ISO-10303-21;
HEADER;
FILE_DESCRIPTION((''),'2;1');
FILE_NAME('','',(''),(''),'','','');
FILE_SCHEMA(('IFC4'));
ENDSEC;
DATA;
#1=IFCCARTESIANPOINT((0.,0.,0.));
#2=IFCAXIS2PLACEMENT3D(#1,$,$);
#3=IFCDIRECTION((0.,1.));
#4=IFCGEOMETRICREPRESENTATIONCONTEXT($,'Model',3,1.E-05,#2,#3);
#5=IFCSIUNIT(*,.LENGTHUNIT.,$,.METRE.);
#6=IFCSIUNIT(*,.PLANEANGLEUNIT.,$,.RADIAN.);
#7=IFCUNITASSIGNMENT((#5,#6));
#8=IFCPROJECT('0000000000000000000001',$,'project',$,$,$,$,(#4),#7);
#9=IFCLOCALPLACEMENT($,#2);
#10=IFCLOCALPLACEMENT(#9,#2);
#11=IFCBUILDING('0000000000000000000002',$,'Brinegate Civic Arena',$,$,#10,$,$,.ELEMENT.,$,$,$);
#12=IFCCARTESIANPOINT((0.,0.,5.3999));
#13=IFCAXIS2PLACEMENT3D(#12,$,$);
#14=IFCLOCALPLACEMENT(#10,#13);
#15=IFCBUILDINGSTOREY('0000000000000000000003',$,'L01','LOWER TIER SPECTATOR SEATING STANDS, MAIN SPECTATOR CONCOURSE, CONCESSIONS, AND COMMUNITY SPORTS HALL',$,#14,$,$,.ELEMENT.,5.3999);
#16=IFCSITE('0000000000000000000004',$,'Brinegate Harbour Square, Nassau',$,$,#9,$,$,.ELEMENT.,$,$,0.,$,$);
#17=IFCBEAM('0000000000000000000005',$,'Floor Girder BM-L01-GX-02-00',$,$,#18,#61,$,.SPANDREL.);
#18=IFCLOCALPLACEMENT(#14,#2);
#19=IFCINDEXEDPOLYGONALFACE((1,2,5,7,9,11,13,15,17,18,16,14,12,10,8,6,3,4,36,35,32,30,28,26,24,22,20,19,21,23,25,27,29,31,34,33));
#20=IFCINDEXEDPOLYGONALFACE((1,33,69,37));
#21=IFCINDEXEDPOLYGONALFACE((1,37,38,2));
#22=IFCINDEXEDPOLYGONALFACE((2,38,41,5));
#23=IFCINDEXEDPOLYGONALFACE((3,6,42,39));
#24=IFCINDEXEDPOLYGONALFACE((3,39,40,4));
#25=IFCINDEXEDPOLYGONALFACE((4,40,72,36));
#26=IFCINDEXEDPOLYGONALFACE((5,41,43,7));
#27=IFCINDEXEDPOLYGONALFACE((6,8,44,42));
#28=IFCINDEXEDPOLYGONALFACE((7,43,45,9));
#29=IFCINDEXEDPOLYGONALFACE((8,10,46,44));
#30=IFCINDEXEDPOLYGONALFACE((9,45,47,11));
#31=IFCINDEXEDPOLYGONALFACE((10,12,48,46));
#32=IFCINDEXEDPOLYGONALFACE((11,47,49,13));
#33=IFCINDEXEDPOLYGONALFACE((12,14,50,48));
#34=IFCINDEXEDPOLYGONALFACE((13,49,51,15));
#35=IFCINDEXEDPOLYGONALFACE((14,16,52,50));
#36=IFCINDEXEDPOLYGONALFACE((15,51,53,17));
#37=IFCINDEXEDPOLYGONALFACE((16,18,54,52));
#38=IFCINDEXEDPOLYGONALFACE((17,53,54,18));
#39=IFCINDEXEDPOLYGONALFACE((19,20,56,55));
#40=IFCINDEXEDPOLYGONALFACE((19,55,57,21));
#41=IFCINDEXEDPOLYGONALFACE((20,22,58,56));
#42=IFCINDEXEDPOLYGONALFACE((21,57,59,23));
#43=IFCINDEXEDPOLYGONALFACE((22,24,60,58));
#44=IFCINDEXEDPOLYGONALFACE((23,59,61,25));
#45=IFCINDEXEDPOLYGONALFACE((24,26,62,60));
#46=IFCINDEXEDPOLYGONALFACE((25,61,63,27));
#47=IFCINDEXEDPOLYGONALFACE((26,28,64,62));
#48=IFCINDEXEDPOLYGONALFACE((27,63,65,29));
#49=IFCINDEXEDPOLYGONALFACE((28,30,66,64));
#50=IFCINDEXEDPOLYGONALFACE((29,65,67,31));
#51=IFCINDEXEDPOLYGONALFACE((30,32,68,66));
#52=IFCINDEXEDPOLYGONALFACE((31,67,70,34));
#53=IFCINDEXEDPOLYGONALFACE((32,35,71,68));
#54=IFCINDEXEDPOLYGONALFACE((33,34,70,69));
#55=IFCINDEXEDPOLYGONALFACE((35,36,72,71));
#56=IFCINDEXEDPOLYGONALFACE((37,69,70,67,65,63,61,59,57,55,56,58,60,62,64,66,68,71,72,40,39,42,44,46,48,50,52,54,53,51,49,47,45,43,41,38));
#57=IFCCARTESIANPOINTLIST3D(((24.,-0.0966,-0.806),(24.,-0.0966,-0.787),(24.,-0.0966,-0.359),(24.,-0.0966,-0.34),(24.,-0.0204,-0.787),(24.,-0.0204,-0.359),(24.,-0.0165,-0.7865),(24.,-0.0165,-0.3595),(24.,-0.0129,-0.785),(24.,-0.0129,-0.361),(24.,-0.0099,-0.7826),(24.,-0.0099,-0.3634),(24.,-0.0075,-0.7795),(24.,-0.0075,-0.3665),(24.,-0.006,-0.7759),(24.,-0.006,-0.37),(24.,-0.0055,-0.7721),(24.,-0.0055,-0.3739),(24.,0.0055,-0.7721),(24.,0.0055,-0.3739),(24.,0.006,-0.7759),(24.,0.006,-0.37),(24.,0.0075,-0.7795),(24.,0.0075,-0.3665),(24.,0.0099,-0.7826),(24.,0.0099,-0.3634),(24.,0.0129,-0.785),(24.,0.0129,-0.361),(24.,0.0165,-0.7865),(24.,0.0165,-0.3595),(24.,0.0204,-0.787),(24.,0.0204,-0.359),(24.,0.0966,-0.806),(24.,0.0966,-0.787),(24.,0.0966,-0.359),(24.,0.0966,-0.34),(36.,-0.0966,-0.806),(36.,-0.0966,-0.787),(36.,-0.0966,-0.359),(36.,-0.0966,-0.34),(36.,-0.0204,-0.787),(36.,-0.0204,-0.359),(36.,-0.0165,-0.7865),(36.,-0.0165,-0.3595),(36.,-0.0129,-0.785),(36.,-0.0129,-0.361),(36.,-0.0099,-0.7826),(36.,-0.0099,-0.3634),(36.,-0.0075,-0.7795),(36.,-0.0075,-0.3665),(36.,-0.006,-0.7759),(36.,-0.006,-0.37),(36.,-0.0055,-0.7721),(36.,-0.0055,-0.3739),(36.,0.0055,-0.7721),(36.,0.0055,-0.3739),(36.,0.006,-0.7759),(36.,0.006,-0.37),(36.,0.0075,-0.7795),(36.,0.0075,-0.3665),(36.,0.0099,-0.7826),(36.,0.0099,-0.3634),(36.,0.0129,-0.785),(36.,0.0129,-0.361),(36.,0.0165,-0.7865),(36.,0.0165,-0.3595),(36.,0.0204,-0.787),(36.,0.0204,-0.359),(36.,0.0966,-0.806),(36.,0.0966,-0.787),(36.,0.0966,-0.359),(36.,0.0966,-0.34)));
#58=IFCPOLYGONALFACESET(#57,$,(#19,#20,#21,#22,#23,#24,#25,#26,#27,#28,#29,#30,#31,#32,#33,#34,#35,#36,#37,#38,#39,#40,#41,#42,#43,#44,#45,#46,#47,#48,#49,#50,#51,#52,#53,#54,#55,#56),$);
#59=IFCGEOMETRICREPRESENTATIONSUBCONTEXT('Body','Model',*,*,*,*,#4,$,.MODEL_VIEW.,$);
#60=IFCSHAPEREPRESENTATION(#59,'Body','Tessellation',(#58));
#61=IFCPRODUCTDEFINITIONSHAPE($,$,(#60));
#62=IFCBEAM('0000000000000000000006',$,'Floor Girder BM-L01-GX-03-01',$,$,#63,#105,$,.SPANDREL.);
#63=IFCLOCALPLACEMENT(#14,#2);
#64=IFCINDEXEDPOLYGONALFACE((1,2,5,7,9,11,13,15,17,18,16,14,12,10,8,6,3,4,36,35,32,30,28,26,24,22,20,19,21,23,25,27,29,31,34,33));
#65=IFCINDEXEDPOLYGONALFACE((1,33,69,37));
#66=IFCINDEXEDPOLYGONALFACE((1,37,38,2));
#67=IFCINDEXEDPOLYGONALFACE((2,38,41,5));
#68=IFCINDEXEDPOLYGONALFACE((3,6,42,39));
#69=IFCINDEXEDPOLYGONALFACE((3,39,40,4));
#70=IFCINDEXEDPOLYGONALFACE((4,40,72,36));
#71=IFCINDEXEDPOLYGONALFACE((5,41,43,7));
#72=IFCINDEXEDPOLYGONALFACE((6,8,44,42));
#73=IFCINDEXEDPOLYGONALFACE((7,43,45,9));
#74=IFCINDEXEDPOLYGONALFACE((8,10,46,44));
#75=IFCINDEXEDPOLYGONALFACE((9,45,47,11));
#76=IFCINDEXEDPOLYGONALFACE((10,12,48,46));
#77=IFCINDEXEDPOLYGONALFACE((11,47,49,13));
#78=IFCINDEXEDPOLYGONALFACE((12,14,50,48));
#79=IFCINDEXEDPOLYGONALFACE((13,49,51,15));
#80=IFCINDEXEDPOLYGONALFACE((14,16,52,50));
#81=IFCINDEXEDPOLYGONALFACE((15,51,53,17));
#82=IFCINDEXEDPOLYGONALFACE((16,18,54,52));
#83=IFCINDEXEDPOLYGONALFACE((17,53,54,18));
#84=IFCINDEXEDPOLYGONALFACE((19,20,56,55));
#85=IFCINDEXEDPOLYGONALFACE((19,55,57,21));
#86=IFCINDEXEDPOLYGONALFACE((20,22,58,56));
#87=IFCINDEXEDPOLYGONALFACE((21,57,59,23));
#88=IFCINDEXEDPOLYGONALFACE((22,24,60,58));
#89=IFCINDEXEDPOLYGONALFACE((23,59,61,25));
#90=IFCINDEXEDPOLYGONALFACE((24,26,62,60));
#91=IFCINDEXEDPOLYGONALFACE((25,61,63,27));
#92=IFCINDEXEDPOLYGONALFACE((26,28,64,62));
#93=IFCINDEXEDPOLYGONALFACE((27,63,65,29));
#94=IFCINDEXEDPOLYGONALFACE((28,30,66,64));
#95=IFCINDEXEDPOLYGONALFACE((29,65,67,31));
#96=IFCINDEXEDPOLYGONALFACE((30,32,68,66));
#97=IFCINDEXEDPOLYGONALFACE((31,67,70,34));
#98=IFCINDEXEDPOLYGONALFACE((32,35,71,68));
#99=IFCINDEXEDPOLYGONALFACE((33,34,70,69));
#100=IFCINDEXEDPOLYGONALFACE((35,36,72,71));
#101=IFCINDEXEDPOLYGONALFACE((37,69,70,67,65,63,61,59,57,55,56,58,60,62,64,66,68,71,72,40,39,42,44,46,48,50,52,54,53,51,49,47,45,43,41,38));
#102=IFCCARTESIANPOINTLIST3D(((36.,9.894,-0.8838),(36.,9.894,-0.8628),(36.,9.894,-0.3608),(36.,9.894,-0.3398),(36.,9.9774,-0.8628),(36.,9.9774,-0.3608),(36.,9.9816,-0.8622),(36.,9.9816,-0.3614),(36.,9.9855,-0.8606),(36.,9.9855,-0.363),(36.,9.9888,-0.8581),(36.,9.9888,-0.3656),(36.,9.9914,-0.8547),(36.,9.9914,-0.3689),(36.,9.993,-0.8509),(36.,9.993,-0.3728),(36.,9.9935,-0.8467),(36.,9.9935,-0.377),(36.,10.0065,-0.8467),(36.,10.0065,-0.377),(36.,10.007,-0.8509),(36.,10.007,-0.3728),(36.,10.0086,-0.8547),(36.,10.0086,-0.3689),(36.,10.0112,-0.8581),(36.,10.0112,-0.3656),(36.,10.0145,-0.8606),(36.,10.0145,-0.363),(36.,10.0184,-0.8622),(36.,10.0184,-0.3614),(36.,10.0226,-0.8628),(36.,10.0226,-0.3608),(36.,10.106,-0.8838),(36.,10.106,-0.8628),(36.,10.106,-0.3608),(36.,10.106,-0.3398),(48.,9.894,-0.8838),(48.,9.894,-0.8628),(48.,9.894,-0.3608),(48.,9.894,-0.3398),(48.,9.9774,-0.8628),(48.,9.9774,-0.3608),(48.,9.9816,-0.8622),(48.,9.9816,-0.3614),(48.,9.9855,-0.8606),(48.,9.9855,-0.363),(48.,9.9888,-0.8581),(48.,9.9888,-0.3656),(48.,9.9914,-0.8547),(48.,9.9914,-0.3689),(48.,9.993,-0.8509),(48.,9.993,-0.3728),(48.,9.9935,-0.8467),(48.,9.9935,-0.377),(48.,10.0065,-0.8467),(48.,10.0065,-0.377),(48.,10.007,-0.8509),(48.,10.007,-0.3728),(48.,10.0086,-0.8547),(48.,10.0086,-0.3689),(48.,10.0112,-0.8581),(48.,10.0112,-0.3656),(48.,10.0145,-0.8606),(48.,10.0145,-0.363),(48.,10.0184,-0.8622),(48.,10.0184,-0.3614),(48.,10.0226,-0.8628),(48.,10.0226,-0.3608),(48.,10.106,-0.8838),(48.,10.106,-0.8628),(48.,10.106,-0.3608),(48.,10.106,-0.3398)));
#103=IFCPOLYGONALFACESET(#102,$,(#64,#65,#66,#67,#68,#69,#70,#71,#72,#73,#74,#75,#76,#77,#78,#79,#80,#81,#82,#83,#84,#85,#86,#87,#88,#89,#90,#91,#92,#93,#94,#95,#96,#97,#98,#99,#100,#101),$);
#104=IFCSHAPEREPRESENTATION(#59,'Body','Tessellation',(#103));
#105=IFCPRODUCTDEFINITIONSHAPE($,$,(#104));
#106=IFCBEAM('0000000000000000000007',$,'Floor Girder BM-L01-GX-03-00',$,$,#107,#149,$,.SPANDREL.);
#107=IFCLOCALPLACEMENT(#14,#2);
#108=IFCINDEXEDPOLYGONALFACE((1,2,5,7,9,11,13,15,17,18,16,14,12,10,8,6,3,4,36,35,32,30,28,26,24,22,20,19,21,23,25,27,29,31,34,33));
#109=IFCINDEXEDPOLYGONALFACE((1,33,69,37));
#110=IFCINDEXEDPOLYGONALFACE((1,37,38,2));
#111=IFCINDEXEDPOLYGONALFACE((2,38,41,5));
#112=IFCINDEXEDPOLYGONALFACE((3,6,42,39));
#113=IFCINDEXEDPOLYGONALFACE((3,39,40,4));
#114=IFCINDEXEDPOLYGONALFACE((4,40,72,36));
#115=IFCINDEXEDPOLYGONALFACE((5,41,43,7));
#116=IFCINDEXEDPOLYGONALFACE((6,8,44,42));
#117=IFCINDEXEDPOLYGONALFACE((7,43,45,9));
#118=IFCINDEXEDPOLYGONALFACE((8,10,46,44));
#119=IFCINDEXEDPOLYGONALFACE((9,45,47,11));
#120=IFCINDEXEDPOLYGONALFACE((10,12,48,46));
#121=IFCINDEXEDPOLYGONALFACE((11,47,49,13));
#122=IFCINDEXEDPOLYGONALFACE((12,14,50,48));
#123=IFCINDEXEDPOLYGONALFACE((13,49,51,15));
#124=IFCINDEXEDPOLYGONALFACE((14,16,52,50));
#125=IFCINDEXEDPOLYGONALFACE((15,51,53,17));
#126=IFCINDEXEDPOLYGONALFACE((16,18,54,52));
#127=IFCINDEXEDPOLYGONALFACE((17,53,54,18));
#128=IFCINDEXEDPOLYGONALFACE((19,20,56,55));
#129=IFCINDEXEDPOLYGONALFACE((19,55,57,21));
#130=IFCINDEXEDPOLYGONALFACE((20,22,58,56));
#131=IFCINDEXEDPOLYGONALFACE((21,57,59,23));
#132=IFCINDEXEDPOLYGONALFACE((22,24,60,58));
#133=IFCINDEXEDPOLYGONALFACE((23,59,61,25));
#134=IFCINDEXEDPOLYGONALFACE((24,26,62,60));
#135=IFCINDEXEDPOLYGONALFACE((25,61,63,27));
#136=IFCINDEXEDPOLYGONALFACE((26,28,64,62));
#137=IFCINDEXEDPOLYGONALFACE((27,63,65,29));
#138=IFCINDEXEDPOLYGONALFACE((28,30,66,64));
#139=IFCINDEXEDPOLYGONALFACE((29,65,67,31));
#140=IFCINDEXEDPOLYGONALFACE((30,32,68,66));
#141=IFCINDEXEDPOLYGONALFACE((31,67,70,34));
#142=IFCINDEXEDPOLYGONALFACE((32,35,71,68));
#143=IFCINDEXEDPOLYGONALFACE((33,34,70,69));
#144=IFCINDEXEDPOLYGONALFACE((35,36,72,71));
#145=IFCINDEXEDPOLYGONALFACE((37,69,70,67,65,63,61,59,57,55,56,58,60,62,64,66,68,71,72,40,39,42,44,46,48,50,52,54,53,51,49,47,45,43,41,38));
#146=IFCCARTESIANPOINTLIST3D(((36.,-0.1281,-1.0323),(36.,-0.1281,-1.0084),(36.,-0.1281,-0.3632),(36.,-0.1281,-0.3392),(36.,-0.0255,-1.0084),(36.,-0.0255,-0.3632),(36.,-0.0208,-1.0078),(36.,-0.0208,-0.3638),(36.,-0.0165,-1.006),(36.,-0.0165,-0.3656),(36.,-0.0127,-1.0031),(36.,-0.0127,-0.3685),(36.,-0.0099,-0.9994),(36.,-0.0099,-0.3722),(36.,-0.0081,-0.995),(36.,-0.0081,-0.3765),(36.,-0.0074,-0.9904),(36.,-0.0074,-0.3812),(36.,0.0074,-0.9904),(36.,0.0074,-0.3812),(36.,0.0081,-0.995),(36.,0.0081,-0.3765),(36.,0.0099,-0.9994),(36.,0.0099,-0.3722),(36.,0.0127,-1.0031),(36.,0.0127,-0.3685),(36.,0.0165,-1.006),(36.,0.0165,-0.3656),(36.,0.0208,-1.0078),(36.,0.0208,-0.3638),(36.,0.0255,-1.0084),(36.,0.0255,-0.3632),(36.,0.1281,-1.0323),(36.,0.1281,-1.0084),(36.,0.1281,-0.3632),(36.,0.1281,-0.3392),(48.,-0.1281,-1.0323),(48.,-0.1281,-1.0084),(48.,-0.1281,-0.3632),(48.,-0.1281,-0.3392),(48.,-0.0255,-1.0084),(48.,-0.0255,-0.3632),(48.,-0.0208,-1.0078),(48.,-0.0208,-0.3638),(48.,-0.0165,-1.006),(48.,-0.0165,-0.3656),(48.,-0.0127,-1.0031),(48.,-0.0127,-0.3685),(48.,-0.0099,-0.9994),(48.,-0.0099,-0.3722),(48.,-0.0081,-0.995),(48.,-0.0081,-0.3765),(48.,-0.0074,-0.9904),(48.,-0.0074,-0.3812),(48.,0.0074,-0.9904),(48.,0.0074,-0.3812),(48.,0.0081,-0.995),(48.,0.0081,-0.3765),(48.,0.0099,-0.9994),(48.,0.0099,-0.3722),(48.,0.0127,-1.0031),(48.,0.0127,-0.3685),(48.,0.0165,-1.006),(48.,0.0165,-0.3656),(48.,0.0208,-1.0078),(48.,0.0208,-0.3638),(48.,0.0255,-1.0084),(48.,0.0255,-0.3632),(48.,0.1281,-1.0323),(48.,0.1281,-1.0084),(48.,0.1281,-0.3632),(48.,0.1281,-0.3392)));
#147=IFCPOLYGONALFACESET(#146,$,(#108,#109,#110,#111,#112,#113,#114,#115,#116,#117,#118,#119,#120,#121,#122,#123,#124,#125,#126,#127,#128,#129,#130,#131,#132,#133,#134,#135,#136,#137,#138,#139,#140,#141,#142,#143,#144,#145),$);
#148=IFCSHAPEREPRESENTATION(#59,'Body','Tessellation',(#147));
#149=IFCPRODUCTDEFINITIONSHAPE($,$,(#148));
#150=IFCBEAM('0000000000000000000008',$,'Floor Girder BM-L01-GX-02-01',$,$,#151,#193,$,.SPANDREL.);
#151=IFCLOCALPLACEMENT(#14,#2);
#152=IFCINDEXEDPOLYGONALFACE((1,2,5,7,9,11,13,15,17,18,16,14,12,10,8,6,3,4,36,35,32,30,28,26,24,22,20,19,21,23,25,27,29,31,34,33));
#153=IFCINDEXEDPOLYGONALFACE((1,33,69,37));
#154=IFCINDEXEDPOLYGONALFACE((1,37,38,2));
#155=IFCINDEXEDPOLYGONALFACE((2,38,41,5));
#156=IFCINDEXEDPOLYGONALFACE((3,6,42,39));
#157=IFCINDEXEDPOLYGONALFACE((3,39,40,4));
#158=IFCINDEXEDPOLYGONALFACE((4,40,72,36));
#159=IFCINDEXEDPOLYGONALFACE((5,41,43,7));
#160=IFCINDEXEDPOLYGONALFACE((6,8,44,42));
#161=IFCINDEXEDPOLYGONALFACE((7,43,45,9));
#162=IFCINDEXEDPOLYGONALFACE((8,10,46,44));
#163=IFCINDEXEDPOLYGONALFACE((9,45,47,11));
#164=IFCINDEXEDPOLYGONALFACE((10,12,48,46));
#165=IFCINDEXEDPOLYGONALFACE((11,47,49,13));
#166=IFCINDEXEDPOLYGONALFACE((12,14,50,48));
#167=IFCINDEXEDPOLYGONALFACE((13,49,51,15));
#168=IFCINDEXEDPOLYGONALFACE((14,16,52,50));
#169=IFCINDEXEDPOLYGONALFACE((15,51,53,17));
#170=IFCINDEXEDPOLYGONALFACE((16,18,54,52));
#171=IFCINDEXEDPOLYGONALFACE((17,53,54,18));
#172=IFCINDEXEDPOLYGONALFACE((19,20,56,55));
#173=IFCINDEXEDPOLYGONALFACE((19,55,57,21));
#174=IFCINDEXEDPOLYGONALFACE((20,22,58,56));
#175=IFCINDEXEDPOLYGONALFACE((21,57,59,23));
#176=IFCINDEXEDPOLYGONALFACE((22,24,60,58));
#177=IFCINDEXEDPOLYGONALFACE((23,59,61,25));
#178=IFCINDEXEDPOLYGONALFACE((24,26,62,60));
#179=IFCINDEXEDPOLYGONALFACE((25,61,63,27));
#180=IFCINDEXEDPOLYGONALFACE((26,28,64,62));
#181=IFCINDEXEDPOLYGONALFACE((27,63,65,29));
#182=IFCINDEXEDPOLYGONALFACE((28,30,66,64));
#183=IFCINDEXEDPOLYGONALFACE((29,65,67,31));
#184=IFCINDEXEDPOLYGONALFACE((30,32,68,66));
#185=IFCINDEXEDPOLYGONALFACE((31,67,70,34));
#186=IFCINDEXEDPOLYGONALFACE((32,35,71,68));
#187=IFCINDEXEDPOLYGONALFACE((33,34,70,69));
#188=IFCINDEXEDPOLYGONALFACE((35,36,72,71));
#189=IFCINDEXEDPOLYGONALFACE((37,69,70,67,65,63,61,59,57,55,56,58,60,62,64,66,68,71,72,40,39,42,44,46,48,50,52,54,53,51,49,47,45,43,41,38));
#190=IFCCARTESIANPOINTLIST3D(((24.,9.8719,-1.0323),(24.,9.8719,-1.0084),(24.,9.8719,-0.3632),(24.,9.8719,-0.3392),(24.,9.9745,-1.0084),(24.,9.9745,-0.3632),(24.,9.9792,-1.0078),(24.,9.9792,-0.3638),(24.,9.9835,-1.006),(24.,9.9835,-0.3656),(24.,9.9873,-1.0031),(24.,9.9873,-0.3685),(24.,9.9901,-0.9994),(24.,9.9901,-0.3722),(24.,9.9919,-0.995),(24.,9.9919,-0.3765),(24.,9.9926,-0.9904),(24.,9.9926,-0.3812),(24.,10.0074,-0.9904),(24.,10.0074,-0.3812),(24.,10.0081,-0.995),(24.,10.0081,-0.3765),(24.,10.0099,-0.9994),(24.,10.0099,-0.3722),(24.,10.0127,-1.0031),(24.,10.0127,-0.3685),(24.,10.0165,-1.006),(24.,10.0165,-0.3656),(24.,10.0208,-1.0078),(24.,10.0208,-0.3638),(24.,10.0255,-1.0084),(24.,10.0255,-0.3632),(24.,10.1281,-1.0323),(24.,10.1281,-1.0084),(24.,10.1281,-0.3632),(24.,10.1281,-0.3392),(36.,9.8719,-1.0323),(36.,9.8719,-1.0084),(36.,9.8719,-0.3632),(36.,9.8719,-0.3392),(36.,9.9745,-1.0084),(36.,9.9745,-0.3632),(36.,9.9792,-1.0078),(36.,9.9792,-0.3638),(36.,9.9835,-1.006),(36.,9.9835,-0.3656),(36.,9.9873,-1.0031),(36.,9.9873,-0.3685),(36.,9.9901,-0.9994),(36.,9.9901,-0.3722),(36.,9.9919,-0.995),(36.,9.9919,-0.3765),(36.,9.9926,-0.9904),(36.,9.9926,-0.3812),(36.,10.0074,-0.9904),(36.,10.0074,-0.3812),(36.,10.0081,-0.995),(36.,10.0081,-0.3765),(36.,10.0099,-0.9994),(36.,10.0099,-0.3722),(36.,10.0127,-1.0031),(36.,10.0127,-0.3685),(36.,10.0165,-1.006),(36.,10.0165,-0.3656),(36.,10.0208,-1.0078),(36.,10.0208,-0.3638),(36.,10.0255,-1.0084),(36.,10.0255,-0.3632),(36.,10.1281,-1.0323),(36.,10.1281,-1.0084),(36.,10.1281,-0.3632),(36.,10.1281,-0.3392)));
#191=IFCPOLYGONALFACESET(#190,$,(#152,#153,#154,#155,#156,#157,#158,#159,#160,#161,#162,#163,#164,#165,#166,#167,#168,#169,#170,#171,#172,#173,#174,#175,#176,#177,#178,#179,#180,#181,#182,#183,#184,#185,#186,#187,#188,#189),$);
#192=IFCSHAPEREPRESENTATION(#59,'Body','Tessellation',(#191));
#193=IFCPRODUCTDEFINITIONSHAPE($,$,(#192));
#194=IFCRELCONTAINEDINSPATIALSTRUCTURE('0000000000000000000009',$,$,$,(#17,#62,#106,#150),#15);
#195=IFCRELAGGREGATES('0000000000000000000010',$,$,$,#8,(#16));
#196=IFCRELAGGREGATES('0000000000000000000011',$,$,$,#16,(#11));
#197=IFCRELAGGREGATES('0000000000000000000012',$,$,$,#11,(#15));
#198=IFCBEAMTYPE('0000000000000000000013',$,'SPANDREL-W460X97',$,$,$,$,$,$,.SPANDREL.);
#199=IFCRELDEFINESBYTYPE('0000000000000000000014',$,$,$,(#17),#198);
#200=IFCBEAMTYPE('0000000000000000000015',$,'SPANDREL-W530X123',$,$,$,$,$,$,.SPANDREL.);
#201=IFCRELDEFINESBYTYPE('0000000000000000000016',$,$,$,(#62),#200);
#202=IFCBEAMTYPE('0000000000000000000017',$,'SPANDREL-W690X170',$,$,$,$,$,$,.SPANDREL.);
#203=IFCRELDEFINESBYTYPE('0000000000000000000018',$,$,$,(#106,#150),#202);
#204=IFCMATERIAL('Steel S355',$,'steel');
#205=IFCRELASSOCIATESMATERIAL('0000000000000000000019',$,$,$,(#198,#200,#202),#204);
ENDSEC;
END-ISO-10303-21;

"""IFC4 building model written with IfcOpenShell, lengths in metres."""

from ifc_helpers import new_model, si_unit, direction, frame, origin, origin_2d, place, context, subcontext, project, spatial, i_section, extrude, material, material_profile, profile_set, type_object, element, save


model = new_model("IFC4")

# Units and contexts
model_context = context("Model", 3, precision=1e-05, world=origin(), true_north=direction((0.0, 1.0)))
body_context = subcontext(model_context, "Body", "Model", "MODEL_VIEW")
ifc_project = project(units=[si_unit("LENGTHUNIT", "METRE"), si_unit("PLANEANGLEUNIT", "RADIAN")], contexts=[model_context])

# Site, building, storey
site_placement = place(None, origin())
site = spatial("IfcSite", under=ifc_project, at=site_placement, Name="Brinegate Harbour Square, Nassau", CompositionType="ELEMENT", RefElevation=0.0)
building_placement = place(site_placement, origin())
building = spatial("IfcBuilding", under=site, at=building_placement, Name="Brinegate Civic Arena", CompositionType="ELEMENT")
storey_placement = place(building_placement, frame((0.0, 0.0, 5.3999)))
storey = spatial("IfcBuildingStorey", under=building, at=storey_placement, Name="L01", Description="LOWER TIER SPECTATOR SEATING STANDS, MAIN SPECTATOR CONCOURSE, CONCESSIONS, AND COMMUNITY SPORTS HALL", CompositionType="ELEMENT", Elevation=5.3999)

# Shared definitions
ifc_material_1 = material(Name="Steel S355", Category="steel")

# Beams
ifc_material_profile_1 = material_profile(ifc_material_1, i_section(OverallWidth=0.1931, OverallDepth=0.4661, WebThickness=0.011, FlangeThickness=0.019, FilletRadius=0.0149, at=origin_2d()), Name="W460X97")
ifc_profile_set_1 = profile_set([ifc_material_profile_1], Name="Steel S355")
beam_type_1 = type_object("IfcBeamType", Name="SPANDREL-W460X97", PredefinedType="SPANDREL", material=ifc_profile_set_1)
beam_1_placement = place(storey_placement, frame((24.0, 0.0, -0.573), z_axis=(1.0, 0.0, 0.0), x_axis=(0.0, 1.0, 0.0)))
element("IfcBeam", 1, at=beam_1_placement, inside=storey, type_object=beam_type_1, Name="Floor Girder BM-L01-GX-02-00", PredefinedType="SPANDREL", context=body_context, shape_type="SweptSolid", body=[
    extrude(i_section(OverallWidth=0.1931, OverallDepth=0.4661, WebThickness=0.011, FlangeThickness=0.019, FilletRadius=0.0149, at=origin_2d()), origin(), (0.0, 0.0, 1.0), 12.0),
])
ifc_material_profile_2 = material_profile(ifc_material_1, i_section(OverallWidth=0.2119, OverallDepth=0.5439, WebThickness=0.0129, FlangeThickness=0.021, FilletRadius=0.0161, at=origin_2d()), Name="W530X123")
ifc_profile_set_2 = profile_set([ifc_material_profile_2], Name="Steel S355")
beam_type_2 = type_object("IfcBeamType", Name="SPANDREL-W530X123", PredefinedType="SPANDREL", material=ifc_profile_set_2)
beam_2_placement = place(storey_placement, frame((36.0, 10.0, -0.6118), z_axis=(1.0, 0.0, 0.0), x_axis=(0.0, 1.0, 0.0)))
element("IfcBeam", 2, at=beam_2_placement, inside=storey, type_object=beam_type_2, Name="Floor Girder BM-L01-GX-03-01", PredefinedType="SPANDREL", context=body_context, shape_type="SweptSolid", body=[
    extrude(i_section(OverallWidth=0.2119, OverallDepth=0.5439, WebThickness=0.0129, FlangeThickness=0.021, FilletRadius=0.0161, at=origin_2d()), origin(), (0.0, 0.0, 1.0), 12.0),
])
ifc_material_profile_3 = material_profile(ifc_material_1, i_section(OverallWidth=0.2561, OverallDepth=0.6931, WebThickness=0.0149, FlangeThickness=0.0239, FilletRadius=0.0181, at=origin_2d()), Name="W690X170")
ifc_profile_set_3 = profile_set([ifc_material_profile_3], Name="Steel S355")
beam_type_3 = type_object("IfcBeamType", Name="SPANDREL-W690X170", PredefinedType="SPANDREL", material=ifc_profile_set_3)
for number, where, z_axis, x_axis, name in (
    (3, (36.0, 0.0, -0.6858), (1.0, 0.0, 0.0), (0.0, 1.0, 0.0), "Floor Girder BM-L01-GX-03-00"),
    (4, (24.0, 10.0, -0.6858), (1.0, 0.0, 0.0), (0.0, 1.0, 0.0), "Floor Girder BM-L01-GX-02-01"),
):
    element("IfcBeam", number, at=place(storey_placement, frame(where, z_axis=z_axis, x_axis=x_axis)), inside=storey, type_object=beam_type_3, Name=name, PredefinedType="SPANDREL", context=body_context, shape_type="SweptSolid", body=[
        extrude(i_section(OverallWidth=0.2561, OverallDepth=0.6931, WebThickness=0.0149, FlangeThickness=0.0239, FilletRadius=0.0181, at=origin_2d()), origin(), (0.0, 0.0, 1.0), 12.0),
    ])

save(model, "model.ifc")
